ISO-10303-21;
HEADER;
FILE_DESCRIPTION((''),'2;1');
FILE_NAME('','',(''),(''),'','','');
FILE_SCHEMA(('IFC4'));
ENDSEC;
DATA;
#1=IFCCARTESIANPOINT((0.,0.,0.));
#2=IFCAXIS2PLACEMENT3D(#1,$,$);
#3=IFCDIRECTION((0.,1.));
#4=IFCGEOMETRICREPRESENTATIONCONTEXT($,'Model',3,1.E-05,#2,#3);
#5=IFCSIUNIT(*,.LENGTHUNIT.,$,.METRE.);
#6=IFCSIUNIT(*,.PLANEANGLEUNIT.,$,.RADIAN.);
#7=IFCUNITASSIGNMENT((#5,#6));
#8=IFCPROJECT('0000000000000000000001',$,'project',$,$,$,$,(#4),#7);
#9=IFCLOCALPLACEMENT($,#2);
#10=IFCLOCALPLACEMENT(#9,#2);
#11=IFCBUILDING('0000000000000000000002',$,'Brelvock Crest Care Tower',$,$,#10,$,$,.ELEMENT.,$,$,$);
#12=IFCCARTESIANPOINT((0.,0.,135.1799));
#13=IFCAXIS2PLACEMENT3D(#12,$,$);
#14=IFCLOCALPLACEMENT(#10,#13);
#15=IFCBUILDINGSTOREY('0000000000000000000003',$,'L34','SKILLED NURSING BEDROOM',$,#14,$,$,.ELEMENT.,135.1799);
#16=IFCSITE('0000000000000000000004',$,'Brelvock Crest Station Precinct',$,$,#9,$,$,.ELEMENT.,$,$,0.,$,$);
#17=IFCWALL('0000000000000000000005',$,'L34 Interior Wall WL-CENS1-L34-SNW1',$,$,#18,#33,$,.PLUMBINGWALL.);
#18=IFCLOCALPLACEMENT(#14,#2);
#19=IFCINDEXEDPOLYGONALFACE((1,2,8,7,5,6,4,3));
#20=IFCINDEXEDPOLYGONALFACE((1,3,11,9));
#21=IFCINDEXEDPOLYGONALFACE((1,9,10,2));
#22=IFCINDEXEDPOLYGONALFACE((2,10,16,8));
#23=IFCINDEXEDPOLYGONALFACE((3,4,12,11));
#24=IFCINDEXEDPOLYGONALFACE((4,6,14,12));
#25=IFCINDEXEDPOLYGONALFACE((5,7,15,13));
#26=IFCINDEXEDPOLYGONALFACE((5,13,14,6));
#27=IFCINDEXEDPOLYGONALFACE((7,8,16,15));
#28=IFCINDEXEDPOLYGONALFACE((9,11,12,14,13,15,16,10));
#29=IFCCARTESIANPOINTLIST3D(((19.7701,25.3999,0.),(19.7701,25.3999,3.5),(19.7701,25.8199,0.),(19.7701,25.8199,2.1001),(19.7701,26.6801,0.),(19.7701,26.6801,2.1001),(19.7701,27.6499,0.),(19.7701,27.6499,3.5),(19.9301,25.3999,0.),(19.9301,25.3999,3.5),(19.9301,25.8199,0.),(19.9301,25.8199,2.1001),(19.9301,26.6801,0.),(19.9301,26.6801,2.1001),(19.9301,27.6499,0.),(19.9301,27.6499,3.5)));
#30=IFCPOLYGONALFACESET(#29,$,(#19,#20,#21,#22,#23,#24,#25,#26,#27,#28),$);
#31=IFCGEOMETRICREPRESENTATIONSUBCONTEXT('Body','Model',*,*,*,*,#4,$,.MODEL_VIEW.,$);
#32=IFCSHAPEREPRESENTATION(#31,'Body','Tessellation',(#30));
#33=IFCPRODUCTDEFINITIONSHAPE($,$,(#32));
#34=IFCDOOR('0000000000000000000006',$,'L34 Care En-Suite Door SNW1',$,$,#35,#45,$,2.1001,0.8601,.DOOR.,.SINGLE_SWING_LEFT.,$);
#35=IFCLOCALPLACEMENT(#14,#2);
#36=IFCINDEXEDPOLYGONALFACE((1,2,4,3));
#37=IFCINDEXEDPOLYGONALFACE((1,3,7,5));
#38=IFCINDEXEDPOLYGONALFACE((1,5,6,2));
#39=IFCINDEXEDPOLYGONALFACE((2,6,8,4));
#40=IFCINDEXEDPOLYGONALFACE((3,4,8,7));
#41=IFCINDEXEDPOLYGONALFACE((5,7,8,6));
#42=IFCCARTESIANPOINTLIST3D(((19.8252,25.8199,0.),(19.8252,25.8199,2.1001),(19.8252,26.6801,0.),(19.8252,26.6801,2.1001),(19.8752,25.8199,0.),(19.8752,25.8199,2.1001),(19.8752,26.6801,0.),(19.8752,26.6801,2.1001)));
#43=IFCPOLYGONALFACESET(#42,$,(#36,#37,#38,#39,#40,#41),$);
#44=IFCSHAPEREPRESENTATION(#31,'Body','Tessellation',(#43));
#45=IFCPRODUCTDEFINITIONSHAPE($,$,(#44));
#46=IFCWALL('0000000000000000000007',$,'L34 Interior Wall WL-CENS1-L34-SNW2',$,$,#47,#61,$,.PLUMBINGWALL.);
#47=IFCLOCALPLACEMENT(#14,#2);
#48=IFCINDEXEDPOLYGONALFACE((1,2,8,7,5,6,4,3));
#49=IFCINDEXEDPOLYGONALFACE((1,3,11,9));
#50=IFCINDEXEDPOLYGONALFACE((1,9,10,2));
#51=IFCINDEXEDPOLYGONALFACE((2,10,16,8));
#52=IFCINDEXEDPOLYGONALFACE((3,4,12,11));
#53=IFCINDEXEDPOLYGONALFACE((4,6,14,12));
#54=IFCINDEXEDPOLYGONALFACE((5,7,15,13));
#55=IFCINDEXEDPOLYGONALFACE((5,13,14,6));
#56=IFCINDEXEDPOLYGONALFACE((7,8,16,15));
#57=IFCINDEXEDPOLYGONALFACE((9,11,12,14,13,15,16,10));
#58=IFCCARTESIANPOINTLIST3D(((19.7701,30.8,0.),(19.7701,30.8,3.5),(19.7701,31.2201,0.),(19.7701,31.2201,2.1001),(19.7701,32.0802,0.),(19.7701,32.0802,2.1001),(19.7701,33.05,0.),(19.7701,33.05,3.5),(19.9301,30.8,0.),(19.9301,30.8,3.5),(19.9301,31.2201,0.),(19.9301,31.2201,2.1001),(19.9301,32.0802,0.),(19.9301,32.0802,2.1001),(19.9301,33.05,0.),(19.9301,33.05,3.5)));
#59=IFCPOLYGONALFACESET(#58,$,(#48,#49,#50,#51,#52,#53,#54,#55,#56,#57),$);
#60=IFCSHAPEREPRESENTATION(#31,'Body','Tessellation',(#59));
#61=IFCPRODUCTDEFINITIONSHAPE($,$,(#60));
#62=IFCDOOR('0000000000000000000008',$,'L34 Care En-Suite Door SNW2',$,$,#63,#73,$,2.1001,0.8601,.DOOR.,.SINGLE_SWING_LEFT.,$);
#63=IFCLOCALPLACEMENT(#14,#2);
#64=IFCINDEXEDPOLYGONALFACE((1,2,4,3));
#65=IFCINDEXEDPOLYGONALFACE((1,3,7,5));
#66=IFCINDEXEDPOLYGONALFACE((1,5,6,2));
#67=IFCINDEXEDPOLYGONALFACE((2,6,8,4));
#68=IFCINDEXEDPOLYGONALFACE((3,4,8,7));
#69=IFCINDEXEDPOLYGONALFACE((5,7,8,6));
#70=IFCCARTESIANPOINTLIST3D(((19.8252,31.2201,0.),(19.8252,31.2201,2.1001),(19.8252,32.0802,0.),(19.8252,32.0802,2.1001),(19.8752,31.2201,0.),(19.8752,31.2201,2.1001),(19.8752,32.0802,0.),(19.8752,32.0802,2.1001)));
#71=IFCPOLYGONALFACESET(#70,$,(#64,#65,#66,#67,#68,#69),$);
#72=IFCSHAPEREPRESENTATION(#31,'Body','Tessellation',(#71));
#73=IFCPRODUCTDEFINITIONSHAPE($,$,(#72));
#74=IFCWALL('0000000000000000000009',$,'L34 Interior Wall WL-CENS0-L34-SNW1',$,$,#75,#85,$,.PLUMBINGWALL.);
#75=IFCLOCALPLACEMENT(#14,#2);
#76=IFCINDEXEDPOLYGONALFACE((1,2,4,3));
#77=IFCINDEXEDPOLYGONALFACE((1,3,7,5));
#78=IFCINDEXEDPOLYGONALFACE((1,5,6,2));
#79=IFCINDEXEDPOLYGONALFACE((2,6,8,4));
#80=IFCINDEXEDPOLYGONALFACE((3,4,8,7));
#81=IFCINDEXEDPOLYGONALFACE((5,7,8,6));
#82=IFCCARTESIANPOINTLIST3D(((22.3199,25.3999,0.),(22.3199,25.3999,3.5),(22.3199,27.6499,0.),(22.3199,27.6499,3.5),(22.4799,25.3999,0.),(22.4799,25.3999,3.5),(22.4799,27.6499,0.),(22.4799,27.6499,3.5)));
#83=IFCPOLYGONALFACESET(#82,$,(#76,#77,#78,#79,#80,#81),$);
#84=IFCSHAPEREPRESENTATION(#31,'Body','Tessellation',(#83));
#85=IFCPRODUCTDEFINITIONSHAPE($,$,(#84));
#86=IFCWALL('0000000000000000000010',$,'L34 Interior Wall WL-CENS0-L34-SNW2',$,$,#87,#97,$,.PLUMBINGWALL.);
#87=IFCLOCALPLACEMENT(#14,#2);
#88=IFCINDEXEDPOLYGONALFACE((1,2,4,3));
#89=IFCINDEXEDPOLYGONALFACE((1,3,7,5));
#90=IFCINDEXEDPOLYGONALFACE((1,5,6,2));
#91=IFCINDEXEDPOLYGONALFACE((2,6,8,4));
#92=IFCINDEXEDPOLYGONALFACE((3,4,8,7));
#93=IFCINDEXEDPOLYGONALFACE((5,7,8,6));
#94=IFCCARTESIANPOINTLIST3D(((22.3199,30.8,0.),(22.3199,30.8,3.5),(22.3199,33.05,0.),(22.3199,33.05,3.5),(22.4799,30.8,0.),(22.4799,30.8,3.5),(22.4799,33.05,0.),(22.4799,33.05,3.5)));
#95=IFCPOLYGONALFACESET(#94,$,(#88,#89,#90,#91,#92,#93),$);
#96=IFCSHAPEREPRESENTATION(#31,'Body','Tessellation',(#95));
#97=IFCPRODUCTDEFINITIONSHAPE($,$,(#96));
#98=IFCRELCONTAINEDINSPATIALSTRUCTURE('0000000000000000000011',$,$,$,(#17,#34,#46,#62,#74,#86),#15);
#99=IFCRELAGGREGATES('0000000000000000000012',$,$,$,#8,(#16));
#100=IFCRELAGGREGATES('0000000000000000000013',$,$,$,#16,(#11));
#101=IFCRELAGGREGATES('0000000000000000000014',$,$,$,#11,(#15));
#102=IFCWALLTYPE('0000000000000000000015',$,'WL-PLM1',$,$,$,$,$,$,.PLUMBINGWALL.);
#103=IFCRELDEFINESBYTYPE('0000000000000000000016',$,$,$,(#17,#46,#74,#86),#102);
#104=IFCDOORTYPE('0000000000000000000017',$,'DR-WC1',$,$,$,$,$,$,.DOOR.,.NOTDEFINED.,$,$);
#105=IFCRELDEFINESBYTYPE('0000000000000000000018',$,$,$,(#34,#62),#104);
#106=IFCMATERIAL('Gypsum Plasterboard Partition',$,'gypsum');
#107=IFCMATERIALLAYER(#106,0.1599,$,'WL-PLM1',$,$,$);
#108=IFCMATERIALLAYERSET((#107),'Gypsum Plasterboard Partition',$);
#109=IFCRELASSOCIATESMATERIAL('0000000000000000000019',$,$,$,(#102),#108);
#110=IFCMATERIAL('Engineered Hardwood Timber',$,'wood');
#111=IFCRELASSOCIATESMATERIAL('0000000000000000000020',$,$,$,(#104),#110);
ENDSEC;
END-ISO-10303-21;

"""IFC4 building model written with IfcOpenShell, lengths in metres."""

from ifc_helpers import new_model, si_unit, direction, frame, frame_2d, origin, origin_2d, place, context, subcontext, project, spatial, rectangle, extrude, source, transform, mapped, material, layer, layer_set, type_object, element, fill, save


model = new_model("IFC4")

# Units and contexts
model_context = context("Model", 3, precision=1e-05, world=origin(), true_north=direction((0.0, 1.0)))
body_context = subcontext(model_context, "Body", "Model", "MODEL_VIEW")
ifc_project = project(units=[si_unit("LENGTHUNIT", "METRE"), si_unit("PLANEANGLEUNIT", "RADIAN")], contexts=[model_context])

# Site, building, storey
site_placement = place(None, origin())
site = spatial("IfcSite", under=ifc_project, at=site_placement, Name="Brelvock Crest Station Precinct", CompositionType="ELEMENT", RefElevation=0.0)
building_placement = place(site_placement, origin())
building = spatial("IfcBuilding", under=site, at=building_placement, Name="Brelvock Crest Care Tower", CompositionType="ELEMENT")
storey_placement = place(building_placement, frame((0.0, 0.0, 135.1799)))
storey = spatial("IfcBuildingStorey", under=building, at=storey_placement, Name="L34", Description="SKILLED NURSING BEDROOM", CompositionType="ELEMENT", Elevation=135.1799)

# Shared definitions
ifc_material_1 = material(Name="Engineered Hardwood Timber", Category="wood")

# Shared definitions
ifc_material_2 = material(Name="Gypsum Plasterboard Partition", Category="gypsum")
ifc_layer_1 = layer(ifc_material_2, 0.1599, Name="WL-PLM1")
ifc_layer_set_1 = layer_set([ifc_layer_1], Name="Gypsum Plasterboard Partition")
wall_type_1 = type_object("IfcWallType", Name="WL-PLM1", PredefinedType="PLUMBINGWALL", material=ifc_layer_set_1)

# Walls, openings, doors
wall_1_placement = place(storey_placement, frame((19.8501, 25.3999, 0.0), z_axis=(0.0, 0.0, 1.0), x_axis=(0.0, 1.0, 0.0)))
wall_1 = element("IfcWall", 1, at=wall_1_placement, inside=storey, type_object=wall_type_1, Name="L34 Interior Wall WL-CENS1-L34-SNW1", PredefinedType="PLUMBINGWALL", context=body_context, shape_type="SweptSolid", body=[
    extrude(rectangle(XDim=2.25, YDim=0.1599, at=frame_2d((1.125, 0.0))), origin(), (0.0, 0.0, 1.0), 3.5),
])
opening_1_placement = place(wall_1_placement, frame((0.4199, 0.0, 0.0)))
opening_1 = element("IfcOpeningElement", 2, at=opening_1_placement, cuts=wall_1, PredefinedType="OPENING", context=body_context, shape_type="SweptSolid", body=[
    extrude(rectangle(XDim=0.8601, YDim=2.1001, at=origin_2d()), frame((0.4302, 0.0898, 1.05), z_axis=(0.0, -1.0, 0.0), x_axis=(1.0, 0.0, 0.0)), (0.0, 0.0, 1.0), 0.1799),
])
door_type_1 = type_object("IfcDoorType", Name="DR-WC1", OperationType="NOTDEFINED", PredefinedType="DOOR", material=ifc_material_1)
shared_shape_1 = source(origin(), body_context, "Body", "SweptSolid", [
    extrude(rectangle(XDim=0.8601, YDim=2.1001, at=origin_2d()), frame((0.4302, 0.0249, 1.05), z_axis=(0.0, -1.0, 0.0), x_axis=(1.0, 0.0, 0.0)), (0.0, 0.0, 1.0), 0.05),
])
door_1_placement = place(opening_1_placement, origin())
door_1 = element("IfcDoor", 3, at=door_1_placement, inside=storey, type_object=door_type_1, Name="L34 Care En-Suite Door SNW1", OperationType="SINGLE_SWING_LEFT", OverallHeight=2.1001, OverallWidth=0.8601, PredefinedType="DOOR", context=body_context, shape_type="MappedRepresentation", body=[
    mapped(shared_shape_1, transform((0.0, 0.0, 0.0), x_axis=(1.0, 0.0, 0.0), y_axis=(0.0, 1.0, 0.0), z_axis=(0.0, 0.0, 1.0), scale=1.0)),
])
fill(opening_1, door_1)
wall_2_placement = place(storey_placement, frame((19.8501, 30.8, 0.0), z_axis=(0.0, 0.0, 1.0), x_axis=(0.0, 1.0, 0.0)))
wall_2 = element("IfcWall", 4, at=wall_2_placement, inside=storey, type_object=wall_type_1, Name="L34 Interior Wall WL-CENS1-L34-SNW2", PredefinedType="PLUMBINGWALL", context=body_context, shape_type="SweptSolid", body=[
    extrude(rectangle(XDim=2.25, YDim=0.1599, at=frame_2d((1.125, 0.0))), origin(), (0.0, 0.0, 1.0), 3.5),
])
opening_2_placement = place(wall_2_placement, frame((0.4199, 0.0, 0.0)))
opening_2 = element("IfcOpeningElement", 5, at=opening_2_placement, cuts=wall_2, PredefinedType="OPENING", context=body_context, shape_type="SweptSolid", body=[
    extrude(rectangle(XDim=0.8601, YDim=2.1001, at=origin_2d()), frame((0.4302, 0.0898, 1.05), z_axis=(0.0, -1.0, 0.0), x_axis=(1.0, 0.0, 0.0)), (0.0, 0.0, 1.0), 0.1799),
])
door_2_placement = place(opening_2_placement, origin())
door_2 = element("IfcDoor", 6, at=door_2_placement, inside=storey, type_object=door_type_1, Name="L34 Care En-Suite Door SNW2", OperationType="SINGLE_SWING_LEFT", OverallHeight=2.1001, OverallWidth=0.8601, PredefinedType="DOOR", context=body_context, shape_type="MappedRepresentation", body=[
    mapped(shared_shape_1, transform((0.0, 0.0, 0.0), x_axis=(1.0, 0.0, 0.0), y_axis=(0.0, 1.0, 0.0), z_axis=(0.0, 0.0, 1.0), scale=1.0)),
])
fill(opening_2, door_2)

# Walls
for number, where, z_axis, x_axis, name in (
    (7, (22.3999, 25.3999, 0.0), (0.0, 0.0, 1.0), (0.0, 1.0, 0.0), "L34 Interior Wall WL-CENS0-L34-SNW1"),
    (8, (22.3999, 30.8, 0.0), (0.0, 0.0, 1.0), (0.0, 1.0, 0.0), "L34 Interior Wall WL-CENS0-L34-SNW2"),
):
    element("IfcWall", number, at=place(storey_placement, frame(where, z_axis=z_axis, x_axis=x_axis)), inside=storey, type_object=wall_type_1, Name=name, PredefinedType="PLUMBINGWALL", context=body_context, shape_type="SweptSolid", body=[
        extrude(rectangle(XDim=2.25, YDim=0.1599, at=frame_2d((1.125, 0.0))), origin(), (0.0, 0.0, 1.0), 3.5),
    ])

save(model, "model.ifc")
